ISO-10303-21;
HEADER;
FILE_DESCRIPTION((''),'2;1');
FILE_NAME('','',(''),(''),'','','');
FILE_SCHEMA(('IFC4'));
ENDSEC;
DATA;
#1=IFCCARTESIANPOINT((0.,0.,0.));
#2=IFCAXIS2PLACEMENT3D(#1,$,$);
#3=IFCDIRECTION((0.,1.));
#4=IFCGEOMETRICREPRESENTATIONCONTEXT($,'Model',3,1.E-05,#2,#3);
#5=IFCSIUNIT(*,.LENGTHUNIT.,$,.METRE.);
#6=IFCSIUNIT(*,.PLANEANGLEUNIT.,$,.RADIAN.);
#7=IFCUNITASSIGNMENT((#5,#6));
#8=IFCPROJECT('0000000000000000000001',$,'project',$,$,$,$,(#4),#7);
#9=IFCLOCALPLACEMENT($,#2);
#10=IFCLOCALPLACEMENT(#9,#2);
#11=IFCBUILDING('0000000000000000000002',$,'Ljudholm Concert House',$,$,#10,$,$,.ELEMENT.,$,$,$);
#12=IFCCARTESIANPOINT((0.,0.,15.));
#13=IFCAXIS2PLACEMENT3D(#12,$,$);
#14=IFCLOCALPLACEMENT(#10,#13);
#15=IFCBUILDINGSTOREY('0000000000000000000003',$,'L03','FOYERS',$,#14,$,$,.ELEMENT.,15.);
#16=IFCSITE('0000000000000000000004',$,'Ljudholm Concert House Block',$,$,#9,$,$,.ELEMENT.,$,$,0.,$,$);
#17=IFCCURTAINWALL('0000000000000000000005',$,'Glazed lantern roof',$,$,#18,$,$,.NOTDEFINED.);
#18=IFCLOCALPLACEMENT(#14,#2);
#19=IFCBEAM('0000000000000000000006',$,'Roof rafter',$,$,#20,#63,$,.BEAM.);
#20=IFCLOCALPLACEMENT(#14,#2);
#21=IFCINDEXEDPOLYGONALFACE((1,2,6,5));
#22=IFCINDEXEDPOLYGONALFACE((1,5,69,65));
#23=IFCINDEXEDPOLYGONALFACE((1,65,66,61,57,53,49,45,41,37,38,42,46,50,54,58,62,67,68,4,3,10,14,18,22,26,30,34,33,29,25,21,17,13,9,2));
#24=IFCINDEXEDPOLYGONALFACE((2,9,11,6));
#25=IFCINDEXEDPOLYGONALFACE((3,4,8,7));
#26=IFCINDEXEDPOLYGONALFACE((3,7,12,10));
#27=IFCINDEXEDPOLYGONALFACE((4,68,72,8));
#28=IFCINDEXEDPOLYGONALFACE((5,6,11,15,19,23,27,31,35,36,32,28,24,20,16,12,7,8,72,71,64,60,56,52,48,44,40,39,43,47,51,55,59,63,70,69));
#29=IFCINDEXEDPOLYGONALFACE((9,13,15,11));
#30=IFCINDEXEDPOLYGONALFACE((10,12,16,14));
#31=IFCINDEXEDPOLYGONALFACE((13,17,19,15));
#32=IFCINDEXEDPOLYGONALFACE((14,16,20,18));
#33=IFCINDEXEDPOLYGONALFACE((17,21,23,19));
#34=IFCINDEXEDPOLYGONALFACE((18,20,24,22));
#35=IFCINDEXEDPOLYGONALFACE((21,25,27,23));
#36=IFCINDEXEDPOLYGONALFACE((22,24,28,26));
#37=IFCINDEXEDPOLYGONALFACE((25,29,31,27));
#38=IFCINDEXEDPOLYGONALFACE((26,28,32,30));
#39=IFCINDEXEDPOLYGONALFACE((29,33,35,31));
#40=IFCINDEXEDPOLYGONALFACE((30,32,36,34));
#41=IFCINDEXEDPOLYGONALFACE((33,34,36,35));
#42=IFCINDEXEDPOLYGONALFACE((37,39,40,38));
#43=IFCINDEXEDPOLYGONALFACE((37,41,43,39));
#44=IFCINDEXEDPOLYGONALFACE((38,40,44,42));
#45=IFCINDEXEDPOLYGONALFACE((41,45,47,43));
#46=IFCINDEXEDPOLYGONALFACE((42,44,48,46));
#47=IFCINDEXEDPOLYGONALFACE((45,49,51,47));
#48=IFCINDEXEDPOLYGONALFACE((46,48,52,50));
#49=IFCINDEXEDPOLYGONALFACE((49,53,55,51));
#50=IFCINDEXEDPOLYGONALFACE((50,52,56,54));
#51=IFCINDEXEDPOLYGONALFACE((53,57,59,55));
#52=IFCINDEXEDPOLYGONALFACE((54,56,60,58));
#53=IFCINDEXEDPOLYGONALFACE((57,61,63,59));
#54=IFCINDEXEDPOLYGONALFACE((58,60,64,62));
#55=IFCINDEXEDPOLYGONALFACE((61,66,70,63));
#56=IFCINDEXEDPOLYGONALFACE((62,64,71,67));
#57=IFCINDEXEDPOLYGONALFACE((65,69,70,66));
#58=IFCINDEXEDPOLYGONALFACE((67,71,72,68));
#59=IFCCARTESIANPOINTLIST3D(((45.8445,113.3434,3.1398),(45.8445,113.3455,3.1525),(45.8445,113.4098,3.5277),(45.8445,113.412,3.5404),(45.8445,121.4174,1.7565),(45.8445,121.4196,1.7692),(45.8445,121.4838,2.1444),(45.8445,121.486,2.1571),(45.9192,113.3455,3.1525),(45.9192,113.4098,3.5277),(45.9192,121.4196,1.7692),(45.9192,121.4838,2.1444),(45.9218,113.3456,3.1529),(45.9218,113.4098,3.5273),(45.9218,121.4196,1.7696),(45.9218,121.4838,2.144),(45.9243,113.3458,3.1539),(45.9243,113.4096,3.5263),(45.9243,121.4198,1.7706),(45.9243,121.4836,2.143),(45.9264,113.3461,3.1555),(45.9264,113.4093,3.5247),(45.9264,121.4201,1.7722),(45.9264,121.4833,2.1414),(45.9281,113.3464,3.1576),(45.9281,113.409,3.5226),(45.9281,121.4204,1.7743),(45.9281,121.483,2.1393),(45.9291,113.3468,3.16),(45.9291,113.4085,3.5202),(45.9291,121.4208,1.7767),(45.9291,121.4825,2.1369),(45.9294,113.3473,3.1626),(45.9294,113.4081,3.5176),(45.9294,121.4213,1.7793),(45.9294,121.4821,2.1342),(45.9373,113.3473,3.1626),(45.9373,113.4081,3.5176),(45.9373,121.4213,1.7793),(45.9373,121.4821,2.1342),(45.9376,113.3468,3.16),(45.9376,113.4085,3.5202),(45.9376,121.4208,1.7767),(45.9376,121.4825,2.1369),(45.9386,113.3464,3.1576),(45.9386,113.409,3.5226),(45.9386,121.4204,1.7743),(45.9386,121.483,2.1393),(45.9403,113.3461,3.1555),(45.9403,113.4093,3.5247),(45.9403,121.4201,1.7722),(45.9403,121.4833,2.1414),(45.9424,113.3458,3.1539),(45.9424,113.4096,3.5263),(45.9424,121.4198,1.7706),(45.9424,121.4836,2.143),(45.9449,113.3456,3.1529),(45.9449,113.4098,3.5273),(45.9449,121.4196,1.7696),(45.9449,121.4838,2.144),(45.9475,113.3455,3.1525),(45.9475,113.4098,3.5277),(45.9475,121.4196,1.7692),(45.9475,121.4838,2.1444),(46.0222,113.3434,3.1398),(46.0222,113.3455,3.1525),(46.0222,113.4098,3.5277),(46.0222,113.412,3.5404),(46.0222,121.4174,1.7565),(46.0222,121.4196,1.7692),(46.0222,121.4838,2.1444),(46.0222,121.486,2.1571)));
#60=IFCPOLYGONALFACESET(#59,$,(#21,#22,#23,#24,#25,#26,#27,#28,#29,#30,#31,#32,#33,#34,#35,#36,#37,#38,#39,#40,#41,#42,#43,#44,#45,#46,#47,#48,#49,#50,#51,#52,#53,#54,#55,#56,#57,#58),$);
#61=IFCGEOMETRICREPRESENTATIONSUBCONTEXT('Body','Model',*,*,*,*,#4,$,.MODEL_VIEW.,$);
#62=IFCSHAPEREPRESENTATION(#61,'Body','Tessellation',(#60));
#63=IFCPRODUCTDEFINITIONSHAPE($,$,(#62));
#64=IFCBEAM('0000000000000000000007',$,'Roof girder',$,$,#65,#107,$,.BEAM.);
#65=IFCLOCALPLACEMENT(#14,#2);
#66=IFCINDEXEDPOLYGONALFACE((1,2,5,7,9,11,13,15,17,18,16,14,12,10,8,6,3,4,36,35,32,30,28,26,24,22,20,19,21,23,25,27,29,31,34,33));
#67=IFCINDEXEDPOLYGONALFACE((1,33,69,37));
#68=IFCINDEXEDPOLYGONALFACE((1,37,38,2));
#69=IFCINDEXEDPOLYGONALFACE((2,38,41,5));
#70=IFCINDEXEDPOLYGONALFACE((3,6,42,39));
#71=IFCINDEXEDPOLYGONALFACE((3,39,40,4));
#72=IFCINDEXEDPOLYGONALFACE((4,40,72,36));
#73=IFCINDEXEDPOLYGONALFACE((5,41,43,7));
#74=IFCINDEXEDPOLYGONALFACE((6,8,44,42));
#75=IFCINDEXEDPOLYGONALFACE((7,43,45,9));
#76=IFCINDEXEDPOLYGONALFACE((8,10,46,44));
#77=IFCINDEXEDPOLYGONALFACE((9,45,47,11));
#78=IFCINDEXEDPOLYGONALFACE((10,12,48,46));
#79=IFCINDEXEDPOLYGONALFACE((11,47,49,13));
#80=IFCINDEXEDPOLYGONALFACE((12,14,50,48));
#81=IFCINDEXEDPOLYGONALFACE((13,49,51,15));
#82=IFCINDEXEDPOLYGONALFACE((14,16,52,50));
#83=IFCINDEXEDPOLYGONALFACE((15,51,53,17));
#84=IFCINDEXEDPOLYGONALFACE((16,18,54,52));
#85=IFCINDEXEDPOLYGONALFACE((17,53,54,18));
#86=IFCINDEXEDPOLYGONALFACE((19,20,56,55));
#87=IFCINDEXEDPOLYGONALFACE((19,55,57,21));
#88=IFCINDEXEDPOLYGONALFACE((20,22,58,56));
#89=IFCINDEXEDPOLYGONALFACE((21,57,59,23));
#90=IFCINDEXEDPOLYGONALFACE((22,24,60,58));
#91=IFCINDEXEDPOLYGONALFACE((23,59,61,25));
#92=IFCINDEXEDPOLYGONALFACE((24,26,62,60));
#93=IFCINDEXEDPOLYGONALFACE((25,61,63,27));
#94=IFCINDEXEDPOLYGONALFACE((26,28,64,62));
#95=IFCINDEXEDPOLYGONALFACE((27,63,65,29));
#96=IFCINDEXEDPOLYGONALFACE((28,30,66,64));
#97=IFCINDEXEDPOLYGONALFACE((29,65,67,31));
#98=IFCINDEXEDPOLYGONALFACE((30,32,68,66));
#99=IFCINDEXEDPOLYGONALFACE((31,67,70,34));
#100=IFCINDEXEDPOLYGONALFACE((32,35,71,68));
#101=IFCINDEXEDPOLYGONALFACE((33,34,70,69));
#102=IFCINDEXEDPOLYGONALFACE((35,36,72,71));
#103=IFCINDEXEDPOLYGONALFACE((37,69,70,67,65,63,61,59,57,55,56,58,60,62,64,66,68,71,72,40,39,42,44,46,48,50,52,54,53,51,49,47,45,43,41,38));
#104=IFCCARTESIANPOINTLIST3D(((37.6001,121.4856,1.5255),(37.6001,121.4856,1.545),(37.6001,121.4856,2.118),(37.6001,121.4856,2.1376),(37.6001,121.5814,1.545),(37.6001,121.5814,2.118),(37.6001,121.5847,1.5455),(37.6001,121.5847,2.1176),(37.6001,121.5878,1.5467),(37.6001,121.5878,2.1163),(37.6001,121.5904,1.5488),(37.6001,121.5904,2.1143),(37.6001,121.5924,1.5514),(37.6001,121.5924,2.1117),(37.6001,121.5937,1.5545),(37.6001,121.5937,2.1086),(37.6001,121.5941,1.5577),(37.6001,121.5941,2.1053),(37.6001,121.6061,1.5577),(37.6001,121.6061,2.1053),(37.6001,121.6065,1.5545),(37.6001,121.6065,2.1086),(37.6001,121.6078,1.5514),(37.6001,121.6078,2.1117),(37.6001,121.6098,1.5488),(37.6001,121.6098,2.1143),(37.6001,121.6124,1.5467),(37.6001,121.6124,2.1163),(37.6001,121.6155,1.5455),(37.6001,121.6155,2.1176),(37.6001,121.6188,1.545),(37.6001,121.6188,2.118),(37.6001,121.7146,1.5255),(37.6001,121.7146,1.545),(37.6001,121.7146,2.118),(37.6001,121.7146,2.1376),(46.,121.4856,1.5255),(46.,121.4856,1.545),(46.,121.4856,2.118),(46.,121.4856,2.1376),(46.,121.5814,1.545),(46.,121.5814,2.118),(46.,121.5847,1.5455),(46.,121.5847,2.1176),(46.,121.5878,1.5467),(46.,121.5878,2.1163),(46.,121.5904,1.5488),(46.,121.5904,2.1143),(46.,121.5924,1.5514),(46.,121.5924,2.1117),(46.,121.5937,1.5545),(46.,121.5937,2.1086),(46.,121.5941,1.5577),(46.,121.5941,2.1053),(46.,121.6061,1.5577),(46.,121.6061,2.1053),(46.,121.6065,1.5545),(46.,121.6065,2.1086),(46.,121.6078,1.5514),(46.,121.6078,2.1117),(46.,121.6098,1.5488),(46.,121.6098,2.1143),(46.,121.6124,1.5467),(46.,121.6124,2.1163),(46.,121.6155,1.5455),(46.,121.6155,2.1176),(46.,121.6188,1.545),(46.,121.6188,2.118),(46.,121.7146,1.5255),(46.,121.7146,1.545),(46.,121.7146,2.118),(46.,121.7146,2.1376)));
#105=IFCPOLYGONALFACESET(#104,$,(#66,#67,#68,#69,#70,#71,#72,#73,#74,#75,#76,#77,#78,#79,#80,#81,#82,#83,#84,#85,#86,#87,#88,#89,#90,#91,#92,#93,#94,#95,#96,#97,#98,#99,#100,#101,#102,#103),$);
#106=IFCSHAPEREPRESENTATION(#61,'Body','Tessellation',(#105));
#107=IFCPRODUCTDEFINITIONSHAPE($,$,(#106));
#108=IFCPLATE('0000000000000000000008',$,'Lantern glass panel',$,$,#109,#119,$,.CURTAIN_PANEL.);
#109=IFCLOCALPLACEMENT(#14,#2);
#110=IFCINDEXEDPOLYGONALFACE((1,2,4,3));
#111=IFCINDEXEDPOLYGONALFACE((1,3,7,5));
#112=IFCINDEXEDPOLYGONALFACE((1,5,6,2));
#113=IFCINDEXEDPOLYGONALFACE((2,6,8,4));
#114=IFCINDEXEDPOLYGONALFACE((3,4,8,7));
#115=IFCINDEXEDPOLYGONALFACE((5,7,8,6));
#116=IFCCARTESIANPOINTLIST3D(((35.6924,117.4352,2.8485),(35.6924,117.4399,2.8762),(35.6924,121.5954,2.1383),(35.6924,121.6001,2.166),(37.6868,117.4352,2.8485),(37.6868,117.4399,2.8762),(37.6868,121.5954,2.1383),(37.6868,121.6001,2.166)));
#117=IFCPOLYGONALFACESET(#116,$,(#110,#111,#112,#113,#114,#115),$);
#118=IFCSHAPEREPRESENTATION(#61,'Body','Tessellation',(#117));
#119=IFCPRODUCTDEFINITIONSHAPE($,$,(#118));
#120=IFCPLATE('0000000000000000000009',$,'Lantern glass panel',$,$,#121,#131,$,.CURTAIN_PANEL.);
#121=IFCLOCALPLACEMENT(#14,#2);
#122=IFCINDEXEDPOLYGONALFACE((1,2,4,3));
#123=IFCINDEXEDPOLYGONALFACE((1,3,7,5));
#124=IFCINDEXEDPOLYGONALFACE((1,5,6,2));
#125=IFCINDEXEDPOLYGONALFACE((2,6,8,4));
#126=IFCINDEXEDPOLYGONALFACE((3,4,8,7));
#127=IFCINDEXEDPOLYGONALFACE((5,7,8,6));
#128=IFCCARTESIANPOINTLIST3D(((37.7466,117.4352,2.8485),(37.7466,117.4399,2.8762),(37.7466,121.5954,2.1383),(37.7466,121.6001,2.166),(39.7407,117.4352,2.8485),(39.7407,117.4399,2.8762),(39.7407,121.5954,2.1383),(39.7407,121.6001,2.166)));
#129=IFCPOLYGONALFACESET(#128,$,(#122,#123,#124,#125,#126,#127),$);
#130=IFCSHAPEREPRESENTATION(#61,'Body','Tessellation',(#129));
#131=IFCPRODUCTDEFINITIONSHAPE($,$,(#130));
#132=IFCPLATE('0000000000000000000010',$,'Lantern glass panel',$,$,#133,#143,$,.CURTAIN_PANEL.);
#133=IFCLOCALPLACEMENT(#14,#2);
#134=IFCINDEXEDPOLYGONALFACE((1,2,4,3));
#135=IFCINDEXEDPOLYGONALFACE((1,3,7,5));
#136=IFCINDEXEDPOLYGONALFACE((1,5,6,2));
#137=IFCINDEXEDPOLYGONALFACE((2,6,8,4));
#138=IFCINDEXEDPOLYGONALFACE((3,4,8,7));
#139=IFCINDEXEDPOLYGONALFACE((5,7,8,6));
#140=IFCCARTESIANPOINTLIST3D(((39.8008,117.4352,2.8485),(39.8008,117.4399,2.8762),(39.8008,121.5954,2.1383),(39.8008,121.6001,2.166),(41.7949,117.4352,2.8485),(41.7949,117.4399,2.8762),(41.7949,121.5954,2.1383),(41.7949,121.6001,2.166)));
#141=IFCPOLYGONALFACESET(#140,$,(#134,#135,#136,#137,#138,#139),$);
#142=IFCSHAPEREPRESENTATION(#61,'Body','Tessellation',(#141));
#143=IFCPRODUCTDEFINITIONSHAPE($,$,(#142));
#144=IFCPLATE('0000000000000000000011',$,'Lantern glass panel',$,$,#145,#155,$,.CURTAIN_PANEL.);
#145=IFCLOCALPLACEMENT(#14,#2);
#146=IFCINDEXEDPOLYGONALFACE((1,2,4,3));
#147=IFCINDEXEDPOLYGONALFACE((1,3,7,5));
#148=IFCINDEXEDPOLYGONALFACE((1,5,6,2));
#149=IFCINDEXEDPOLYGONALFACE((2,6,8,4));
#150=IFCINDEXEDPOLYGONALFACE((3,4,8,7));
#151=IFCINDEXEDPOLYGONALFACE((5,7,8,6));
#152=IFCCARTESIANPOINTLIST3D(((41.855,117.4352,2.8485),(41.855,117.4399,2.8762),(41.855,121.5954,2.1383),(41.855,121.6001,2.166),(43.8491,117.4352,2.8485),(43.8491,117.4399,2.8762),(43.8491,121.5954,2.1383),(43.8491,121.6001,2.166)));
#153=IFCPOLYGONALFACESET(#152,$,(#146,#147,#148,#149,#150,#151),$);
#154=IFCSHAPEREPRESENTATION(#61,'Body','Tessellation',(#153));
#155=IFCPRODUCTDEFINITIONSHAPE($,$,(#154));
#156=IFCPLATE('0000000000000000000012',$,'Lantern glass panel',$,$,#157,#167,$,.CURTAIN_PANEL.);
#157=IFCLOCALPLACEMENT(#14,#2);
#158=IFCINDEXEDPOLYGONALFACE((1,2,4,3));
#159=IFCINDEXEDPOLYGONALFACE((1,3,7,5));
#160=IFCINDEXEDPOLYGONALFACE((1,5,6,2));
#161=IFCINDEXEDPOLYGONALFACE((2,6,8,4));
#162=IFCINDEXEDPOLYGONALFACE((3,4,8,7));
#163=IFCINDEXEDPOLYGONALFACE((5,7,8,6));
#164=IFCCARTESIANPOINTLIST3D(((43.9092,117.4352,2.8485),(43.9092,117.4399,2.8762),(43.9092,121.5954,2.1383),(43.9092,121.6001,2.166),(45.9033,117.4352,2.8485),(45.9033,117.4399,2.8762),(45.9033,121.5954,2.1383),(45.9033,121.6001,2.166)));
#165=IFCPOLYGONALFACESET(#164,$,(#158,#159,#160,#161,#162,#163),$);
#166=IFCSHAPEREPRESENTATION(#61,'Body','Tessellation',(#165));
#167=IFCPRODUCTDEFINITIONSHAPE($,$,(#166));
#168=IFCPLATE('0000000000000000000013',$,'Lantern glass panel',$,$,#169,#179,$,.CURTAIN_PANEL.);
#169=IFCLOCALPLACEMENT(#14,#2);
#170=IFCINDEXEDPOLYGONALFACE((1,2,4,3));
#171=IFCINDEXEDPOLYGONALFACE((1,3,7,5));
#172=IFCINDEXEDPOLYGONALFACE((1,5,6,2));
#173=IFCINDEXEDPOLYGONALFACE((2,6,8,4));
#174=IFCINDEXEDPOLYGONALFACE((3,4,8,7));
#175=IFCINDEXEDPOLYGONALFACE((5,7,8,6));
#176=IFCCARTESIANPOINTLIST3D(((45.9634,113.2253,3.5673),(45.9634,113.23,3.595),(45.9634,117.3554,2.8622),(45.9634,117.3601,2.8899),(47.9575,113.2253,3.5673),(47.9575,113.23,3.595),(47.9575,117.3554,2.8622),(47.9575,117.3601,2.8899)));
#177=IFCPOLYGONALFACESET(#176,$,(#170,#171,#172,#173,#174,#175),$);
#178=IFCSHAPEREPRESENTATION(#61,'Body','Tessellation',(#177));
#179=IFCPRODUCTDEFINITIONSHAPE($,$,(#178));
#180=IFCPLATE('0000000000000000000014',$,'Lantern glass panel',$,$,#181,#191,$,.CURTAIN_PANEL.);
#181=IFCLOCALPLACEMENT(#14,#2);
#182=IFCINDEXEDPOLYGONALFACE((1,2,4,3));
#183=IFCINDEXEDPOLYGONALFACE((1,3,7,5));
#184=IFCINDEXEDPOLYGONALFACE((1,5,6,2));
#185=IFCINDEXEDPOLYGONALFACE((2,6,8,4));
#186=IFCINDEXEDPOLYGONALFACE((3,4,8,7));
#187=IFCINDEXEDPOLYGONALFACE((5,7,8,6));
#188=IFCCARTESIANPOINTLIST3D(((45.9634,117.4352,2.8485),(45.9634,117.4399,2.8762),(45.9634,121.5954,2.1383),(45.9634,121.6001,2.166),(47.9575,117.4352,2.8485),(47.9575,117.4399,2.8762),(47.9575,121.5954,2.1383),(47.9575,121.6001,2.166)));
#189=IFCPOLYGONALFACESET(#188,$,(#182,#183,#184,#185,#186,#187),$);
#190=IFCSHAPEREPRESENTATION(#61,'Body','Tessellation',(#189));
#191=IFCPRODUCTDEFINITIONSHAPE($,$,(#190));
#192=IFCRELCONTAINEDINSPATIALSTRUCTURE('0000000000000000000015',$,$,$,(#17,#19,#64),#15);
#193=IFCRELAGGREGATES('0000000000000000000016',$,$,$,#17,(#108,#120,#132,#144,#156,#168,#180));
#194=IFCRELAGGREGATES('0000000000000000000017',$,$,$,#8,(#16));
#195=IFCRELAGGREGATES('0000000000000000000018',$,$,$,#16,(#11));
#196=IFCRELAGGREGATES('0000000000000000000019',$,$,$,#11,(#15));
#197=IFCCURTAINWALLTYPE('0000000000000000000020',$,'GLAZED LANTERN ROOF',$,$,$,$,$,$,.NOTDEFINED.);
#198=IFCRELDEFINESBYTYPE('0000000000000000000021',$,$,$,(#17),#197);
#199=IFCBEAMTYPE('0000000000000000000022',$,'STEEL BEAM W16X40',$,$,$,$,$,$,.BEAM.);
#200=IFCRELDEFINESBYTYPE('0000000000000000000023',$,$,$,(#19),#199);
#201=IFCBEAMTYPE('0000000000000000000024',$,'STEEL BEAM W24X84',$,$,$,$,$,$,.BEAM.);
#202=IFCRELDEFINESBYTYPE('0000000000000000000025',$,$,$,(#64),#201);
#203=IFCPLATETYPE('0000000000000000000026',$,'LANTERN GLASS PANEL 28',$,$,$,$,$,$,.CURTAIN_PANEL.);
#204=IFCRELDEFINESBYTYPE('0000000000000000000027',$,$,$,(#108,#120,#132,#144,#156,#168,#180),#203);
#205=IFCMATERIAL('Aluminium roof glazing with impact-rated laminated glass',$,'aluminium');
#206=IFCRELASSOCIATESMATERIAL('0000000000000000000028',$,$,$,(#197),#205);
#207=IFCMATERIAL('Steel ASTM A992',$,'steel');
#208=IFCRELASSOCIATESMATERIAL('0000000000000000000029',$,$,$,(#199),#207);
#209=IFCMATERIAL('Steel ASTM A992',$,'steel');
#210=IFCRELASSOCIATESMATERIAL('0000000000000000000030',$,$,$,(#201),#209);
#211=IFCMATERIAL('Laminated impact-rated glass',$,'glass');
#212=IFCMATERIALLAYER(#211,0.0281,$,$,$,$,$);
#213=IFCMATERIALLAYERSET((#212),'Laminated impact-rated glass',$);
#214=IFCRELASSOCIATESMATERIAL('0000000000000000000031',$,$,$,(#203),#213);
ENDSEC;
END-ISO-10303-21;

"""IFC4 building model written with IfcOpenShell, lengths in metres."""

from ifc_helpers import new_model, si_unit, direction, frame, origin, origin_2d, place, context, subcontext, project, spatial, polyline, i_section, outline, extrude, material, layer, layer_set, material_profile, profile_set, type_object, element, aggregate, save


model = new_model("IFC4")

# Units and contexts
model_context = context("Model", 3, precision=1e-05, world=origin(), true_north=direction((0.0, 1.0)))
body_context = subcontext(model_context, "Body", "Model", "MODEL_VIEW")
ifc_project = project(units=[si_unit("LENGTHUNIT", "METRE"), si_unit("PLANEANGLEUNIT", "RADIAN")], contexts=[model_context])

# Site, building, storey
site_placement = place(None, origin())
site = spatial("IfcSite", under=ifc_project, at=site_placement, Name="Ljudholm Concert House Block", CompositionType="ELEMENT", RefElevation=0.0)
building_placement = place(site_placement, origin())
building = spatial("IfcBuilding", under=site, at=building_placement, Name="Ljudholm Concert House", CompositionType="ELEMENT")
storey_placement = place(building_placement, frame((0.0, 0.0, 15.0)))
storey = spatial("IfcBuildingStorey", under=building, at=storey_placement, Name="L03", Description="FOYERS", CompositionType="ELEMENT", Elevation=15.0)

# Curtain wall
ifc_material_1 = material(Name="Aluminium roof glazing with impact-rated laminated glass", Category="aluminium")
curtain_wall_type = type_object("IfcCurtainWallType", Name="GLAZED LANTERN ROOF", PredefinedType="NOTDEFINED", material=ifc_material_1)
curtain_wall_placement = place(storey_placement, origin())
curtain_wall = element("IfcCurtainWall", 1, at=curtain_wall_placement, inside=storey, type_object=curtain_wall_type, Name="Glazed lantern roof", PredefinedType="NOTDEFINED")

# Beams
ifc_material_2 = material(Name="Steel ASTM A992", Category="steel")
ifc_material_profile_1 = material_profile(ifc_material_2, i_section(OverallWidth=0.1777, OverallDepth=0.4065, WebThickness=0.0078, FlangeThickness=0.0129, FilletRadius=0.0103, at=origin_2d()), Name="W16X40")
ifc_profile_set_1 = profile_set([ifc_material_profile_1], Name="Steel ASTM A992")
beam_type_1 = type_object("IfcBeamType", Name="STEEL BEAM W16X40", PredefinedType="BEAM", material=ifc_profile_set_1)
beam_1_placement = place(storey_placement, frame((45.9333, 113.3777, 3.3401), z_axis=(0.0, 0.985639, -0.168868), x_axis=(-1.0, 0.0, 0.0)))
element("IfcBeam", 2, at=beam_1_placement, inside=storey, type_object=beam_type_1, Name="Roof rafter", PredefinedType="BEAM", context=body_context, shape_type="SweptSolid", body=[
    extrude(i_section(OverallWidth=0.1777, OverallDepth=0.4065, WebThickness=0.0078, FlangeThickness=0.0129, FilletRadius=0.0103, at=origin_2d()), origin(), (0.0, 0.0, 1.0), 8.1917),
])
ifc_material_3 = material(Name="Steel ASTM A992", Category="steel")
ifc_material_profile_2 = material_profile(ifc_material_3, i_section(OverallWidth=0.229, OverallDepth=0.6121, WebThickness=0.012, FlangeThickness=0.0195, FilletRadius=0.0127, at=origin_2d()), Name="W24X84")
ifc_profile_set_2 = profile_set([ifc_material_profile_2], Name="Steel ASTM A992")
beam_type_2 = type_object("IfcBeamType", Name="STEEL BEAM W24X84", PredefinedType="BEAM", material=ifc_profile_set_2)
beam_2_placement = place(storey_placement, frame((37.6001, 121.6001, 1.8315), z_axis=(1.0, 0.0, 0.0), x_axis=(0.0, 1.0, 0.0)))
element("IfcBeam", 3, at=beam_2_placement, inside=storey, type_object=beam_type_2, Name="Roof girder", PredefinedType="BEAM", context=body_context, shape_type="SweptSolid", body=[
    extrude(i_section(OverallWidth=0.229, OverallDepth=0.6121, WebThickness=0.012, FlangeThickness=0.0195, FilletRadius=0.0127, at=origin_2d()), origin(), (0.0, 0.0, 1.0), 8.3999),
])

# Plates
ifc_material_4 = material(Name="Laminated impact-rated glass", Category="glass")
ifc_layer = layer(ifc_material_4, 0.0281)
ifc_layer_set = layer_set([ifc_layer], Name="Laminated impact-rated glass")
plate_type = type_object("IfcPlateType", Name="LANTERN GLASS PANEL 28", PredefinedType="CURTAIN_PANEL", material=ifc_layer_set)
plate_1_placement = place(storey_placement, frame((35.6924, 117.4399, 2.8762), z_axis=(0.0, 0.168281, 0.985739), x_axis=(1.0, 0.0, 0.0)))
plate_1 = element("IfcPlate", 4, at=plate_1_placement, type_object=plate_type, Name="Lantern glass panel", PredefinedType="CURTAIN_PANEL", context=body_context, shape_type="SweptSolid", body=[
    extrude(outline(polyline([(0.0, 0.0), (1.9944, 0.0), (1.9944, 4.2203), (0.0, 4.2203), (0.0, 0.0)])), origin(), (0.0, 0.0, -1.0), 0.0281),
])
plate_2_placement = place(storey_placement, frame((37.7466, 117.4399, 2.8762), z_axis=(0.0, 0.168281, 0.985739), x_axis=(1.0, 0.0, 0.0)))
plate_2 = element("IfcPlate", 5, at=plate_2_placement, type_object=plate_type, Name="Lantern glass panel", PredefinedType="CURTAIN_PANEL", context=body_context, shape_type="SweptSolid", body=[
    extrude(outline(polyline([(0.0, 0.0), (1.9941, 0.0), (1.9941, 4.2203), (0.0, 4.2203), (0.0, 0.0)])), origin(), (0.0, 0.0, -1.0), 0.0281),
])
plate_3_placement = place(storey_placement, frame((39.8008, 117.4399, 2.8762), z_axis=(0.0, 0.168281, 0.985739), x_axis=(1.0, 0.0, 0.0)))
plate_3 = element("IfcPlate", 6, at=plate_3_placement, type_object=plate_type, Name="Lantern glass panel", PredefinedType="CURTAIN_PANEL", context=body_context, shape_type="SweptSolid", body=[
    extrude(outline(polyline([(0.0, 0.0), (1.9941, 0.0), (1.9941, 4.2203), (0.0, 4.2203), (0.0, 0.0)])), origin(), (0.0, 0.0, -1.0), 0.0281),
])
plate_4_placement = place(storey_placement, frame((41.855, 117.4399, 2.8762), z_axis=(0.0, 0.168281, 0.985739), x_axis=(1.0, 0.0, 0.0)))
plate_4 = element("IfcPlate", 7, at=plate_4_placement, type_object=plate_type, Name="Lantern glass panel", PredefinedType="CURTAIN_PANEL", context=body_context, shape_type="SweptSolid", body=[
    extrude(outline(polyline([(0.0, 0.0), (1.9941, 0.0), (1.9941, 4.2203), (0.0, 4.2203), (0.0, 0.0)])), origin(), (0.0, 0.0, -1.0), 0.0281),
])
plate_5_placement = place(storey_placement, frame((43.9092, 117.4399, 2.8762), z_axis=(0.0, 0.168281, 0.985739), x_axis=(1.0, 0.0, 0.0)))
plate_5 = element("IfcPlate", 8, at=plate_5_placement, type_object=plate_type, Name="Lantern glass panel", PredefinedType="CURTAIN_PANEL", context=body_context, shape_type="SweptSolid", body=[
    extrude(outline(polyline([(0.0, 0.0), (1.9941, 0.0), (1.9941, 4.2203), (0.0, 4.2203), (0.0, 0.0)])), origin(), (0.0, 0.0, -1.0), 0.0281),
])
plate_6_placement = place(storey_placement, frame((45.9634, 113.23, 3.595), z_axis=(0.0, 0.168281, 0.985739), x_axis=(1.0, 0.0, 0.0)))
plate_6 = element("IfcPlate", 9, at=plate_6_placement, type_object=plate_type, Name="Lantern glass panel", PredefinedType="CURTAIN_PANEL", context=body_context, shape_type="SweptSolid", body=[
    extrude(outline(polyline([(0.0, 0.0), (1.9941, 0.0), (1.9941, 4.1899), (0.0, 4.1899), (0.0, 0.0)])), origin(), (0.0, 0.0, -1.0), 0.0281),
])
plate_7_placement = place(storey_placement, frame((45.9634, 117.4399, 2.8762), z_axis=(0.0, 0.168281, 0.985739), x_axis=(1.0, 0.0, 0.0)))
plate_7 = element("IfcPlate", 10, at=plate_7_placement, type_object=plate_type, Name="Lantern glass panel", PredefinedType="CURTAIN_PANEL", context=body_context, shape_type="SweptSolid", body=[
    extrude(outline(polyline([(0.0, 0.0), (1.9941, 0.0), (1.9941, 4.2203), (0.0, 4.2203), (0.0, 0.0)])), origin(), (0.0, 0.0, -1.0), 0.0281),
])
aggregate(curtain_wall, [plate_1, plate_2, plate_3, plate_4, plate_5, plate_6, plate_7])

save(model, "model.ifc")
